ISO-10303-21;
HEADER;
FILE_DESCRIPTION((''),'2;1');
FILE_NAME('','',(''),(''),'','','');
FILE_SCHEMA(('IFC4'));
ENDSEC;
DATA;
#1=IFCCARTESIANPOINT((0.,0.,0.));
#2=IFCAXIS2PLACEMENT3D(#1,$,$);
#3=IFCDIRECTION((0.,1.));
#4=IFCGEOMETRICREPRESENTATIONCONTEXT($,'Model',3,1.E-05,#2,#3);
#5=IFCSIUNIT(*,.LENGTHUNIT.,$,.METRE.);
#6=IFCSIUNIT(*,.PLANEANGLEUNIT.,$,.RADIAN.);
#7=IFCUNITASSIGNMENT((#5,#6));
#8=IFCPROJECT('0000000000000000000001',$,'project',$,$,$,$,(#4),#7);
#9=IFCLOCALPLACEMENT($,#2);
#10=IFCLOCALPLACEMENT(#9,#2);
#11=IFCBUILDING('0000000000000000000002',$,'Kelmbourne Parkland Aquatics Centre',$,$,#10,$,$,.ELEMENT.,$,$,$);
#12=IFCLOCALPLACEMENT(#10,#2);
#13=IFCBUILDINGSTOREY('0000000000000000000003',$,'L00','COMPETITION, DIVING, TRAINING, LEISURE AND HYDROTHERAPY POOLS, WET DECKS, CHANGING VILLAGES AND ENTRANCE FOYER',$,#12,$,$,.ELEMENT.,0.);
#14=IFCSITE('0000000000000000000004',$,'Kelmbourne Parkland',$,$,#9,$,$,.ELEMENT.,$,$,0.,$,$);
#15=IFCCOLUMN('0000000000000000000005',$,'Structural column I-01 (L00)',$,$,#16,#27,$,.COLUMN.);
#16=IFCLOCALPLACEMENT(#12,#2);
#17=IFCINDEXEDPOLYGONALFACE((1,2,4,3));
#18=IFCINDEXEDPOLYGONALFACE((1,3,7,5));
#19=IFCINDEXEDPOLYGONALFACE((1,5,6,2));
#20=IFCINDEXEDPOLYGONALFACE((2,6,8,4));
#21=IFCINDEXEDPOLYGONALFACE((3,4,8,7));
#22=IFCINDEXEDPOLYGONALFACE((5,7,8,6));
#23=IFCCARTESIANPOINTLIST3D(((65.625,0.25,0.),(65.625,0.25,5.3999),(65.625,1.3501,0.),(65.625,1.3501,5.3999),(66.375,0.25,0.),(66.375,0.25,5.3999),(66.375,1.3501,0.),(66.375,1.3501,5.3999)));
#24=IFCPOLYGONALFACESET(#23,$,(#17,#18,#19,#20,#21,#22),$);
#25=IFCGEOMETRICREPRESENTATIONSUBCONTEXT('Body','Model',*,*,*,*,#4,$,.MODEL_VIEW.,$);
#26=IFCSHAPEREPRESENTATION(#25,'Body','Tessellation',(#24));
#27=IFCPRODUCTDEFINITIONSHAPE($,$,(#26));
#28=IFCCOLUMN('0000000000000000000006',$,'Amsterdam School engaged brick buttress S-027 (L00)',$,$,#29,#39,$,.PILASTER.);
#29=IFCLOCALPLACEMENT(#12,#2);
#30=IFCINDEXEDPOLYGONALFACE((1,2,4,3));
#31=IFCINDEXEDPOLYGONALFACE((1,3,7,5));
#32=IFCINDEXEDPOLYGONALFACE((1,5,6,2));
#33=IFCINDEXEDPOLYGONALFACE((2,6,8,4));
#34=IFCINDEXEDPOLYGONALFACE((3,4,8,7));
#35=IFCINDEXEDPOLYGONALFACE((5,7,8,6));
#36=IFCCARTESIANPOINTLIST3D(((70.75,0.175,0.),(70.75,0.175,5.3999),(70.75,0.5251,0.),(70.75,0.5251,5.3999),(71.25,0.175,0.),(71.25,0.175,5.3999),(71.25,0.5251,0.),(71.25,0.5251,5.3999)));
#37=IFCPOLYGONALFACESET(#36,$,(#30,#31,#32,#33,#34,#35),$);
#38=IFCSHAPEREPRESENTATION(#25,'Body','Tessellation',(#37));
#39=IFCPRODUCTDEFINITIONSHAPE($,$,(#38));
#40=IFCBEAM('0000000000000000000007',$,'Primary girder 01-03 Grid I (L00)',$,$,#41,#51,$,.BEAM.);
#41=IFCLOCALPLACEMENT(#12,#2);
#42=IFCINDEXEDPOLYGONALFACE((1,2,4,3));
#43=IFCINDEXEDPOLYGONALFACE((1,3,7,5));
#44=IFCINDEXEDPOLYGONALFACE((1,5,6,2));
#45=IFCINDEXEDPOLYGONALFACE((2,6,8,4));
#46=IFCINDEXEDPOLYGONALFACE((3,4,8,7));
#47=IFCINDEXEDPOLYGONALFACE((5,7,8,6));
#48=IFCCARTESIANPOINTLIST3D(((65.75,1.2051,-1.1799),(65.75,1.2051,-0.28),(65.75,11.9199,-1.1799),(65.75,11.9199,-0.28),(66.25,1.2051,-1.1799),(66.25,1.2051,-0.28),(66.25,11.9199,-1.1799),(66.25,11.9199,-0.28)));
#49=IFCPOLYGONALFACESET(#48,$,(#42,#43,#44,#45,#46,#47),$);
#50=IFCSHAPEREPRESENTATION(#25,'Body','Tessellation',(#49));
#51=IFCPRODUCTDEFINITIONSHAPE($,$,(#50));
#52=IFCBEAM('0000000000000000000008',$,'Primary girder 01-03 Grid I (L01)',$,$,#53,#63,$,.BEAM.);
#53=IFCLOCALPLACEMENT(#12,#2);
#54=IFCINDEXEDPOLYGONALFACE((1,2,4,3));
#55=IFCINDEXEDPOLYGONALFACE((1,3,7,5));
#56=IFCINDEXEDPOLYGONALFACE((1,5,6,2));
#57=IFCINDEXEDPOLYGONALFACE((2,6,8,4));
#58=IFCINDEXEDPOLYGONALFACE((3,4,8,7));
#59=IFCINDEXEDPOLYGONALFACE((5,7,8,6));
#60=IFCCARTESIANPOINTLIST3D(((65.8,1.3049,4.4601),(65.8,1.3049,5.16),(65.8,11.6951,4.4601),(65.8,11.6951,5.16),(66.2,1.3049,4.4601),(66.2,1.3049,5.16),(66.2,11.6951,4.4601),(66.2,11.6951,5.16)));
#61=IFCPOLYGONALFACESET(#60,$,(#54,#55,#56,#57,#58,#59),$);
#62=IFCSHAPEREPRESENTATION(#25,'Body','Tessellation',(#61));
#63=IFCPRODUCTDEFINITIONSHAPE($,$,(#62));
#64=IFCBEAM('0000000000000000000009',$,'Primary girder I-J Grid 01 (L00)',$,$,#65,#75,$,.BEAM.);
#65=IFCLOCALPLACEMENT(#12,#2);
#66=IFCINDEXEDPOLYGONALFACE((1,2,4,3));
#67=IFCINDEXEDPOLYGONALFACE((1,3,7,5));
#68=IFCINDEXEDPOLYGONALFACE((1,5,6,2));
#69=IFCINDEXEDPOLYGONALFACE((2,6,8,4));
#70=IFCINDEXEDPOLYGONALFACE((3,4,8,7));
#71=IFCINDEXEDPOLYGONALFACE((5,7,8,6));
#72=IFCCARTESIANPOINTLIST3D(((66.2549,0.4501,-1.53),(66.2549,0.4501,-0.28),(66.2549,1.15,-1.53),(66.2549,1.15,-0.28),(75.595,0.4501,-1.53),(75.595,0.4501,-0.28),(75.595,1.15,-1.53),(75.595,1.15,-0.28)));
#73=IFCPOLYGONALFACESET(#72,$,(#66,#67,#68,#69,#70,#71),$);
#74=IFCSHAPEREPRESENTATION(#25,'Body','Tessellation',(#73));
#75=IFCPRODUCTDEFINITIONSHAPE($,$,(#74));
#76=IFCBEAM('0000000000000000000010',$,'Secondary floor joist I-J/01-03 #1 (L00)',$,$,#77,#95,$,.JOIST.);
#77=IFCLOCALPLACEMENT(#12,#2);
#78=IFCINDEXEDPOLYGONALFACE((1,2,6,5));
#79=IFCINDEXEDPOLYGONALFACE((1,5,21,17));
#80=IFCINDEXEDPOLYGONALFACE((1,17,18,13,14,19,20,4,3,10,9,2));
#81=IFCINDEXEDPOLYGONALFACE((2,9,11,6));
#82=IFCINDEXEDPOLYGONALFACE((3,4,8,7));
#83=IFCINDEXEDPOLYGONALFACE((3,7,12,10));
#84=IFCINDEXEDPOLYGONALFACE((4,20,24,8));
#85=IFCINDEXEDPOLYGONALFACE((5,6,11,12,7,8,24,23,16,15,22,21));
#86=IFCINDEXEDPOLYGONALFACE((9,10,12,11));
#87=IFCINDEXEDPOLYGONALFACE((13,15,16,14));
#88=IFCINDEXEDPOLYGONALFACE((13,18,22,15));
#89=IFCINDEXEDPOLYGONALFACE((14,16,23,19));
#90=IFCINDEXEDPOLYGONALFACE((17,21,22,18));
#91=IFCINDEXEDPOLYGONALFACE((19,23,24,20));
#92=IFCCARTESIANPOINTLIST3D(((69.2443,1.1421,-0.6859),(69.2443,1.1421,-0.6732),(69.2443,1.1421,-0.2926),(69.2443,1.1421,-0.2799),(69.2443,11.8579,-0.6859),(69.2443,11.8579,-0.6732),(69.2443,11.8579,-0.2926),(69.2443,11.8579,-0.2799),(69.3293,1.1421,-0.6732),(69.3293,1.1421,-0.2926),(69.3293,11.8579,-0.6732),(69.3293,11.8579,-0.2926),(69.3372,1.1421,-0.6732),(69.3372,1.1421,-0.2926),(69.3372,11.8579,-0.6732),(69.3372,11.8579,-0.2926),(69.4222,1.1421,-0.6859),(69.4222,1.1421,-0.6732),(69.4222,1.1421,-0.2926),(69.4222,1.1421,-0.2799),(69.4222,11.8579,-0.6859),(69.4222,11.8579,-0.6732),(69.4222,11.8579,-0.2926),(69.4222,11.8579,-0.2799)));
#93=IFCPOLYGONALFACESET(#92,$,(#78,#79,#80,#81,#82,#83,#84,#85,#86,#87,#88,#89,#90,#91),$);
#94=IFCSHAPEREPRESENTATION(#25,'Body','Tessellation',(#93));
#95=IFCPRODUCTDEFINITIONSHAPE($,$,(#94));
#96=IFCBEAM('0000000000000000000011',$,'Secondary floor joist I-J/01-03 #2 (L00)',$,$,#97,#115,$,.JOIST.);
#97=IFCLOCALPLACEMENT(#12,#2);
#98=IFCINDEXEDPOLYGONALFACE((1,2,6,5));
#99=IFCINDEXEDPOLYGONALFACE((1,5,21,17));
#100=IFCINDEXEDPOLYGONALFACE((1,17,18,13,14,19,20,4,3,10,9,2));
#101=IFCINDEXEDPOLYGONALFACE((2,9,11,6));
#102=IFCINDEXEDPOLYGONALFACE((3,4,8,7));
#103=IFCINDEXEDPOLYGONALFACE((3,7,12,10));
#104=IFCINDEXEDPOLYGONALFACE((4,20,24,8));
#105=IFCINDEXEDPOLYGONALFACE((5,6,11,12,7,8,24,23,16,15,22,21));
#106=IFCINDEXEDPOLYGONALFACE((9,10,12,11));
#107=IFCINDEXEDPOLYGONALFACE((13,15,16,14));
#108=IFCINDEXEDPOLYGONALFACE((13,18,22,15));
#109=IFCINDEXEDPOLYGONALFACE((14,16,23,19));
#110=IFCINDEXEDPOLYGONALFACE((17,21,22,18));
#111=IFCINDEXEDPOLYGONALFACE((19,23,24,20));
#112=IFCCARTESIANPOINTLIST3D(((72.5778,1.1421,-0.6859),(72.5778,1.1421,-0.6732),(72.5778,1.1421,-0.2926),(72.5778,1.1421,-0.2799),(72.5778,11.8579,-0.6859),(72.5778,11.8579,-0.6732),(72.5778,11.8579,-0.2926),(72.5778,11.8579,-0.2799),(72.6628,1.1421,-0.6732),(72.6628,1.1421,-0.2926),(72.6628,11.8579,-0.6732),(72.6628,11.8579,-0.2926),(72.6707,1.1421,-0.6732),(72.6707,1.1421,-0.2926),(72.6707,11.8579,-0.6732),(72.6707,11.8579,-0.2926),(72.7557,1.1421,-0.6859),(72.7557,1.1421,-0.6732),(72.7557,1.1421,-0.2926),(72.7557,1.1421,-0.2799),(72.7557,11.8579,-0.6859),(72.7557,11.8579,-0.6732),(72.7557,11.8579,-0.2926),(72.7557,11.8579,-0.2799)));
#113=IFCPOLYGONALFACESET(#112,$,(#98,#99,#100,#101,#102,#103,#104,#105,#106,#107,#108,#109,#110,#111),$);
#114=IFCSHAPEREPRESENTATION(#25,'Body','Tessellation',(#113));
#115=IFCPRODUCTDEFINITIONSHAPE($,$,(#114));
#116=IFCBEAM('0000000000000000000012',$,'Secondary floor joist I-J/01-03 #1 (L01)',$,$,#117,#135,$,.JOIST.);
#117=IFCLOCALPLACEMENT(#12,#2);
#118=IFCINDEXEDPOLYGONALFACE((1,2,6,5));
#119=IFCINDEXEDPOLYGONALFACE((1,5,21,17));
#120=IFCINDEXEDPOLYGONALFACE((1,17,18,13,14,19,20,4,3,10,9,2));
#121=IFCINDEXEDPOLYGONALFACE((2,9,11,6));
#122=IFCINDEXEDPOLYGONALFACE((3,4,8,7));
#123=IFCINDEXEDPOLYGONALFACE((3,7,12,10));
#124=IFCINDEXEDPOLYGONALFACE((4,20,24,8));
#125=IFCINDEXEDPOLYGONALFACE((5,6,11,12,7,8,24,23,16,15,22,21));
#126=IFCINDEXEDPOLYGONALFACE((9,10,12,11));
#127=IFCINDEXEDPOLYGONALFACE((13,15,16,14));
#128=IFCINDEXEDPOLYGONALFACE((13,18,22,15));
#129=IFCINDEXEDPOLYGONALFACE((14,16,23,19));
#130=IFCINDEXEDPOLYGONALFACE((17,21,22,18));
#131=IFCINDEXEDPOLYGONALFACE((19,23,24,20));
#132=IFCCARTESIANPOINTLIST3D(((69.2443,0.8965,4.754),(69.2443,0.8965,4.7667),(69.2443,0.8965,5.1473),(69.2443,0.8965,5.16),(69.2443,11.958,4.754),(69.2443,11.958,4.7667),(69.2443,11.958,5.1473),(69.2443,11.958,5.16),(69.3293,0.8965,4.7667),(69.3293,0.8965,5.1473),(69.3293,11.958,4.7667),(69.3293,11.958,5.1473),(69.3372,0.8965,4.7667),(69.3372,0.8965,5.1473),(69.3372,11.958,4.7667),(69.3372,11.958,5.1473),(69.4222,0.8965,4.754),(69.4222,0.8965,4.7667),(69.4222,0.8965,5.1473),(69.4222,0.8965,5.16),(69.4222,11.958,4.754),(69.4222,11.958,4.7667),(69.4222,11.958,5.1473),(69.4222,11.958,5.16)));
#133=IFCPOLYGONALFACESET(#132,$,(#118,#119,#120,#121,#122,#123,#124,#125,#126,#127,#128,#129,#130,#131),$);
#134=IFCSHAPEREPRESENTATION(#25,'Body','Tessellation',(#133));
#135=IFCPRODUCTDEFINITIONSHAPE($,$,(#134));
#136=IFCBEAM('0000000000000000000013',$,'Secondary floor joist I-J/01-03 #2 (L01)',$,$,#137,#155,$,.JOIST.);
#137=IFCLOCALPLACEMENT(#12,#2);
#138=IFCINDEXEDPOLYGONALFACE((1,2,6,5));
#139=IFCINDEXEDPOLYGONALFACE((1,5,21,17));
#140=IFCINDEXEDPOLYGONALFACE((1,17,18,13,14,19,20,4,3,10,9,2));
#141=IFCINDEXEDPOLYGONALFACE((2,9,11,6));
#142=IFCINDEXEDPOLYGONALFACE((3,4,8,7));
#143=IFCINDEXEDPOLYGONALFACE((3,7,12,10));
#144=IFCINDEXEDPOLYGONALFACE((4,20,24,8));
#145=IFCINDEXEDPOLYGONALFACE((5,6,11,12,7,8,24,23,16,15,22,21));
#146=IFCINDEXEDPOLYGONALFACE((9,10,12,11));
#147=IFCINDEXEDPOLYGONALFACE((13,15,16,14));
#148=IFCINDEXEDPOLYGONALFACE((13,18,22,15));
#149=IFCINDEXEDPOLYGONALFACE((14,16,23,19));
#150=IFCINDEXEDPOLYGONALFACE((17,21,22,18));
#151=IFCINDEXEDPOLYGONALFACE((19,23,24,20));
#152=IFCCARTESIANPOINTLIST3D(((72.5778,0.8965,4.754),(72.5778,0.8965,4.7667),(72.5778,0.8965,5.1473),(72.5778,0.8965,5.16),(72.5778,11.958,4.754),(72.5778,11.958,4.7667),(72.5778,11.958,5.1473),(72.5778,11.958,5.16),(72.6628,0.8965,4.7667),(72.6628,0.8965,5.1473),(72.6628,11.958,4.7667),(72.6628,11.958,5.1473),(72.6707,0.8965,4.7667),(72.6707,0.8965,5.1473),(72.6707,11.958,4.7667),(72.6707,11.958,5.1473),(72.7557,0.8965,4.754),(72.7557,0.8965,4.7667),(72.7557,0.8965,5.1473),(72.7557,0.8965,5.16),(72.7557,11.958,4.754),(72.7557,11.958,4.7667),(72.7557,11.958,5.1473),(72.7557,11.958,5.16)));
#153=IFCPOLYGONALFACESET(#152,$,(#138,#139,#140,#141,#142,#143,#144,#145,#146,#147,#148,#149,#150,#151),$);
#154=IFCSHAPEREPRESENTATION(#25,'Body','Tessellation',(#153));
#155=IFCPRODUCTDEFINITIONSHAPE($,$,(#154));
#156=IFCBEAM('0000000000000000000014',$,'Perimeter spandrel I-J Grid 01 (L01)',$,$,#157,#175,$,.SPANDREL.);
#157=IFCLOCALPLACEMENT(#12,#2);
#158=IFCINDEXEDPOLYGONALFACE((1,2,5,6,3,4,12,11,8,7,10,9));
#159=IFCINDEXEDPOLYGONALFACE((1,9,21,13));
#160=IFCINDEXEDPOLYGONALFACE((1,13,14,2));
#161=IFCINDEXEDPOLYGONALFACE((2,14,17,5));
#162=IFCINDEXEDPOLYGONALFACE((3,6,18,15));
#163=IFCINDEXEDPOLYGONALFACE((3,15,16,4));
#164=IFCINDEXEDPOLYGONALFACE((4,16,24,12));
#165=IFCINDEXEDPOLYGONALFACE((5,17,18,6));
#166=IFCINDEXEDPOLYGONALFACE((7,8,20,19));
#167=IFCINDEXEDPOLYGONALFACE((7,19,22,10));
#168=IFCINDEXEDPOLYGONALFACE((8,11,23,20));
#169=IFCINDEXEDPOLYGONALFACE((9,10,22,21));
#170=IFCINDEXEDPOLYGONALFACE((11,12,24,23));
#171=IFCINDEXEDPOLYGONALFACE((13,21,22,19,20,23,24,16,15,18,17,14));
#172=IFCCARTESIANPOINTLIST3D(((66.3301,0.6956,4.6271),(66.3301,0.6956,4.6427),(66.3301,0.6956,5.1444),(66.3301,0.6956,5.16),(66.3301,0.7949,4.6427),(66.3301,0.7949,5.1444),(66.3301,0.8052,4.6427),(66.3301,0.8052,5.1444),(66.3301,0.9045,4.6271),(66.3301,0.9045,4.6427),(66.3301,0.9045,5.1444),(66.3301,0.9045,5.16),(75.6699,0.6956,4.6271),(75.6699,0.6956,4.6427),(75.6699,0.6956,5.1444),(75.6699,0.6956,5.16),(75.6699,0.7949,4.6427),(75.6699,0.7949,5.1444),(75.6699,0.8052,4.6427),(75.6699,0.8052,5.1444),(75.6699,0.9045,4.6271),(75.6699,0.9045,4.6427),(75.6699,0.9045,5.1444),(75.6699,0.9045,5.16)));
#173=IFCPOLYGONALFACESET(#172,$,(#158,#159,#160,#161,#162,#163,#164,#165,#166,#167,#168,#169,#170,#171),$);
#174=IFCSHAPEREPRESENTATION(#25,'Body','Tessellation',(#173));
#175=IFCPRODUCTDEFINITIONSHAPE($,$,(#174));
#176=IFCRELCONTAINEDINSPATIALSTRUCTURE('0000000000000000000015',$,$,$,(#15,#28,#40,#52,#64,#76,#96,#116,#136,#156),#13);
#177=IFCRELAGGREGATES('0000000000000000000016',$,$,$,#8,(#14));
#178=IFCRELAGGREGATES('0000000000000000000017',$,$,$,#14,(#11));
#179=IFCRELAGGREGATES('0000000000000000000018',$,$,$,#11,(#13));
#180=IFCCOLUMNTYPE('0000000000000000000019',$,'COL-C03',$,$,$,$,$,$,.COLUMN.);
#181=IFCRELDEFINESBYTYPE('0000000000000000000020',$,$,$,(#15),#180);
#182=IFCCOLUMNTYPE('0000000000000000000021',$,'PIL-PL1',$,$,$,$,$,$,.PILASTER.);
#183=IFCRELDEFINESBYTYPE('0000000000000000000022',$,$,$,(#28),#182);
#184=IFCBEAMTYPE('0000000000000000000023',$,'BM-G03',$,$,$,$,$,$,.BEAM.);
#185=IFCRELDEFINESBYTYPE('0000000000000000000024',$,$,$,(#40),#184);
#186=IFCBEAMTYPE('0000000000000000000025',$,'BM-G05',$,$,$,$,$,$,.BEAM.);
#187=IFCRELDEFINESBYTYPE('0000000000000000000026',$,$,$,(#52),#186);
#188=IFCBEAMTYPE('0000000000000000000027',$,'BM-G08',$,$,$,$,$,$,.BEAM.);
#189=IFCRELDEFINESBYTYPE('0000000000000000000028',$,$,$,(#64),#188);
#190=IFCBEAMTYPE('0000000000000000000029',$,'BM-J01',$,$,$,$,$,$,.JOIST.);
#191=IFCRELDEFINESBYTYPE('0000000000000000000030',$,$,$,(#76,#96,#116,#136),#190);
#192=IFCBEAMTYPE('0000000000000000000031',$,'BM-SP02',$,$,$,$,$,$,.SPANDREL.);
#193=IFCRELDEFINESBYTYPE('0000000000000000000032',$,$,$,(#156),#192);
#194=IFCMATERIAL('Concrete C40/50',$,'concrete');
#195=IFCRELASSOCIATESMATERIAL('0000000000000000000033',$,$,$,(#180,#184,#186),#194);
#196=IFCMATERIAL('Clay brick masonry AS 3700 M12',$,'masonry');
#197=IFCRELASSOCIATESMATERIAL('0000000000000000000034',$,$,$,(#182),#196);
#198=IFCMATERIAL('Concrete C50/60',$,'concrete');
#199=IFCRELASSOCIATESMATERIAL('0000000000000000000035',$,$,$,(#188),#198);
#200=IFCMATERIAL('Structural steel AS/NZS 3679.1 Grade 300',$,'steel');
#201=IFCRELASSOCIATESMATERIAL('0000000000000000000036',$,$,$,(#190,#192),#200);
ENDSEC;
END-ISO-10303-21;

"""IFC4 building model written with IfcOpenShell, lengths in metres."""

from ifc_helpers import new_model, si_unit, direction, frame, origin, origin_2d, place, context, subcontext, project, spatial, rectangle, i_section, extrude, material, material_profile, profile_set, type_object, element, save


model = new_model("IFC4")

# Units and contexts
model_context = context("Model", 3, precision=1e-05, world=origin(), true_north=direction((0.0, 1.0)))
body_context = subcontext(model_context, "Body", "Model", "MODEL_VIEW")
ifc_project = project(units=[si_unit("LENGTHUNIT", "METRE"), si_unit("PLANEANGLEUNIT", "RADIAN")], contexts=[model_context])

# Site, building, storey
site_placement = place(None, origin())
site = spatial("IfcSite", under=ifc_project, at=site_placement, Name="Kelmbourne Parkland", CompositionType="ELEMENT", RefElevation=0.0)
building_placement = place(site_placement, origin())
building = spatial("IfcBuilding", under=site, at=building_placement, Name="Kelmbourne Parkland Aquatics Centre", CompositionType="ELEMENT")
storey_placement = place(building_placement, origin())
storey = spatial("IfcBuildingStorey", under=building, at=storey_placement, Name="L00", Description="COMPETITION, DIVING, TRAINING, LEISURE AND HYDROTHERAPY POOLS, WET DECKS, CHANGING VILLAGES AND ENTRANCE FOYER", CompositionType="ELEMENT", Elevation=0.0)

# Columns
ifc_material_1 = material(Name="Concrete C40/50", Category="concrete")
ifc_material_profile_1 = material_profile(ifc_material_1, rectangle(XDim=0.75, YDim=1.1001, at=origin_2d()), Name="RC 750x1100")
ifc_profile_set_1 = profile_set([ifc_material_profile_1], Name="Concrete C40/50")
column_type_1 = type_object("IfcColumnType", Name="COL-C03", PredefinedType="COLUMN", material=ifc_profile_set_1)
column_1_placement = place(storey_placement, frame((66.0, 0.8, 0.0), z_axis=(0.0, 0.0, 1.0), x_axis=(1.0, 0.0, 0.0)))
element("IfcColumn", 1, at=column_1_placement, inside=storey, type_object=column_type_1, Name="Structural column I-01 (L00)", PredefinedType="COLUMN", context=body_context, shape_type="SweptSolid", body=[
    extrude(rectangle(XDim=0.75, YDim=1.1001, at=origin_2d()), origin(), (0.0, 0.0, 1.0), 5.3999),
])
ifc_material_2 = material(Name="Clay brick masonry AS 3700 M12", Category="masonry")
ifc_material_profile_2 = material_profile(ifc_material_2, rectangle(XDim=0.3501, YDim=0.5, at=origin_2d()), Name="PIL 350x500")
ifc_profile_set_2 = profile_set([ifc_material_profile_2], Name="Clay brick masonry AS 3700 M12")
column_type_2 = type_object("IfcColumnType", Name="PIL-PL1", PredefinedType="PILASTER", material=ifc_profile_set_2)
column_2_placement = place(storey_placement, frame((71.0, 0.3501, 0.0), z_axis=(0.0, 0.0, 1.0), x_axis=(0.0, 1.0, 0.0)))
element("IfcColumn", 2, at=column_2_placement, inside=storey, type_object=column_type_2, Name="Amsterdam School engaged brick buttress S-027 (L00)", PredefinedType="PILASTER", context=body_context, shape_type="SweptSolid", body=[
    extrude(rectangle(XDim=0.3501, YDim=0.5, at=origin_2d()), origin(), (0.0, 0.0, 1.0), 5.3999),
])

# Beams
ifc_material_profile_3 = material_profile(ifc_material_1, rectangle(XDim=0.5, YDim=0.8999, at=origin_2d()), Name="RC 500x900")
ifc_profile_set_3 = profile_set([ifc_material_profile_3], Name="Concrete C40/50")
beam_type_1 = type_object("IfcBeamType", Name="BM-G03", PredefinedType="BEAM", material=ifc_profile_set_3)
beam_1_placement = place(storey_placement, frame((66.0, 1.2051, -0.73), z_axis=(0.0, 1.0, 0.0), x_axis=(-1.0, 0.0, 0.0)))
element("IfcBeam", 3, at=beam_1_placement, inside=storey, type_object=beam_type_1, Name="Primary girder 01-03 Grid I (L00)", PredefinedType="BEAM", context=body_context, shape_type="SweptSolid", body=[
    extrude(rectangle(XDim=0.5, YDim=0.8999, at=origin_2d()), origin(), (0.0, 0.0, 1.0), 10.7148),
])
ifc_material_profile_4 = material_profile(ifc_material_1, rectangle(XDim=0.3999, YDim=0.7, at=origin_2d()), Name="RC 400x700")
ifc_profile_set_4 = profile_set([ifc_material_profile_4], Name="Concrete C40/50")
beam_type_2 = type_object("IfcBeamType", Name="BM-G05", PredefinedType="BEAM", material=ifc_profile_set_4)
beam_2_placement = place(storey_placement, frame((66.0, 1.3049, 4.8101), z_axis=(0.0, 1.0, 0.0), x_axis=(-1.0, 0.0, 0.0)))
element("IfcBeam", 4, at=beam_2_placement, inside=storey, type_object=beam_type_2, Name="Primary girder 01-03 Grid I (L01)", PredefinedType="BEAM", context=body_context, shape_type="SweptSolid", body=[
    extrude(rectangle(XDim=0.3999, YDim=0.7, at=origin_2d()), origin(), (0.0, 0.0, 1.0), 10.3901),
])
ifc_material_3 = material(Name="Concrete C50/60", Category="concrete")
ifc_material_profile_5 = material_profile(ifc_material_3, rectangle(XDim=0.7, YDim=1.25, at=origin_2d()), Name="RC 700x1250")
ifc_profile_set_5 = profile_set([ifc_material_profile_5], Name="Concrete C50/60")
beam_type_3 = type_object("IfcBeamType", Name="BM-G08", PredefinedType="BEAM", material=ifc_profile_set_5)
beam_3_placement = place(storey_placement, frame((66.2549, 0.8, -0.905), z_axis=(1.0, 0.0, 0.0), x_axis=(0.0, 1.0, 0.0)))
element("IfcBeam", 5, at=beam_3_placement, inside=storey, type_object=beam_type_3, Name="Primary girder I-J Grid 01 (L00)", PredefinedType="BEAM", context=body_context, shape_type="SweptSolid", body=[
    extrude(rectangle(XDim=0.7, YDim=1.25, at=origin_2d()), origin(), (0.0, 0.0, 1.0), 9.3401),
])
ifc_material_4 = material(Name="Structural steel AS/NZS 3679.1 Grade 300", Category="steel")
ifc_material_profile_6 = material_profile(ifc_material_4, i_section(OverallWidth=0.178, OverallDepth=0.406, WebThickness=0.0078, FlangeThickness=0.0127, at=origin_2d()), Name="410UB59.7")
ifc_profile_set_6 = profile_set([ifc_material_profile_6], Name="Structural steel AS/NZS 3679.1 Grade 300")
beam_type_4 = type_object("IfcBeamType", Name="BM-J01", PredefinedType="JOIST", material=ifc_profile_set_6)
for number, where, z_axis, x_axis, name in (
    (6, (69.3333, 1.1421, -0.4829), (0.0, 1.0, 0.0), (-1.0, 0.0, 0.0), "Secondary floor joist I-J/01-03 #1 (L00)"),
    (7, (72.6667, 1.1421, -0.4829), (0.0, 1.0, 0.0), (-1.0, 0.0, 0.0), "Secondary floor joist I-J/01-03 #2 (L00)"),
):
    element("IfcBeam", number, at=place(storey_placement, frame(where, z_axis=z_axis, x_axis=x_axis)), inside=storey, type_object=beam_type_4, Name=name, PredefinedType="JOIST", context=body_context, shape_type="SweptSolid", body=[
        extrude(i_section(OverallWidth=0.178, OverallDepth=0.406, WebThickness=0.0078, FlangeThickness=0.0127, at=origin_2d()), origin(), (0.0, 0.0, 1.0), 10.7158),
    ])
for number, where, z_axis, x_axis, name in (
    (8, (69.3333, 0.8965, 4.957), (0.0, 1.0, 0.0), (-1.0, 0.0, 0.0), "Secondary floor joist I-J/01-03 #1 (L01)"),
    (9, (72.6667, 0.8965, 4.957), (0.0, 1.0, 0.0), (-1.0, 0.0, 0.0), "Secondary floor joist I-J/01-03 #2 (L01)"),
):
    element("IfcBeam", number, at=place(storey_placement, frame(where, z_axis=z_axis, x_axis=x_axis)), inside=storey, type_object=beam_type_4, Name=name, PredefinedType="JOIST", context=body_context, shape_type="SweptSolid", body=[
        extrude(i_section(OverallWidth=0.178, OverallDepth=0.406, WebThickness=0.0078, FlangeThickness=0.0127, at=origin_2d()), origin(), (0.0, 0.0, 1.0), 11.0615),
    ])
ifc_material_profile_7 = material_profile(ifc_material_4, i_section(OverallWidth=0.209, OverallDepth=0.533, WebThickness=0.0103, FlangeThickness=0.0156, at=origin_2d()), Name="530UB92.4")
ifc_profile_set_7 = profile_set([ifc_material_profile_7], Name="Structural steel AS/NZS 3679.1 Grade 300")
beam_type_5 = type_object("IfcBeamType", Name="BM-SP02", PredefinedType="SPANDREL", material=ifc_profile_set_7)
beam_4_placement = place(storey_placement, frame((66.3301, 0.8, 4.8936), z_axis=(1.0, 0.0, 0.0), x_axis=(0.0, 1.0, 0.0)))
element("IfcBeam", 10, at=beam_4_placement, inside=storey, type_object=beam_type_5, Name="Perimeter spandrel I-J Grid 01 (L01)", PredefinedType="SPANDREL", context=body_context, shape_type="SweptSolid", body=[
    extrude(i_section(OverallWidth=0.209, OverallDepth=0.533, WebThickness=0.0103, FlangeThickness=0.0156, at=origin_2d()), origin(), (0.0, 0.0, 1.0), 9.3398),
])

save(model, "model.ifc")
